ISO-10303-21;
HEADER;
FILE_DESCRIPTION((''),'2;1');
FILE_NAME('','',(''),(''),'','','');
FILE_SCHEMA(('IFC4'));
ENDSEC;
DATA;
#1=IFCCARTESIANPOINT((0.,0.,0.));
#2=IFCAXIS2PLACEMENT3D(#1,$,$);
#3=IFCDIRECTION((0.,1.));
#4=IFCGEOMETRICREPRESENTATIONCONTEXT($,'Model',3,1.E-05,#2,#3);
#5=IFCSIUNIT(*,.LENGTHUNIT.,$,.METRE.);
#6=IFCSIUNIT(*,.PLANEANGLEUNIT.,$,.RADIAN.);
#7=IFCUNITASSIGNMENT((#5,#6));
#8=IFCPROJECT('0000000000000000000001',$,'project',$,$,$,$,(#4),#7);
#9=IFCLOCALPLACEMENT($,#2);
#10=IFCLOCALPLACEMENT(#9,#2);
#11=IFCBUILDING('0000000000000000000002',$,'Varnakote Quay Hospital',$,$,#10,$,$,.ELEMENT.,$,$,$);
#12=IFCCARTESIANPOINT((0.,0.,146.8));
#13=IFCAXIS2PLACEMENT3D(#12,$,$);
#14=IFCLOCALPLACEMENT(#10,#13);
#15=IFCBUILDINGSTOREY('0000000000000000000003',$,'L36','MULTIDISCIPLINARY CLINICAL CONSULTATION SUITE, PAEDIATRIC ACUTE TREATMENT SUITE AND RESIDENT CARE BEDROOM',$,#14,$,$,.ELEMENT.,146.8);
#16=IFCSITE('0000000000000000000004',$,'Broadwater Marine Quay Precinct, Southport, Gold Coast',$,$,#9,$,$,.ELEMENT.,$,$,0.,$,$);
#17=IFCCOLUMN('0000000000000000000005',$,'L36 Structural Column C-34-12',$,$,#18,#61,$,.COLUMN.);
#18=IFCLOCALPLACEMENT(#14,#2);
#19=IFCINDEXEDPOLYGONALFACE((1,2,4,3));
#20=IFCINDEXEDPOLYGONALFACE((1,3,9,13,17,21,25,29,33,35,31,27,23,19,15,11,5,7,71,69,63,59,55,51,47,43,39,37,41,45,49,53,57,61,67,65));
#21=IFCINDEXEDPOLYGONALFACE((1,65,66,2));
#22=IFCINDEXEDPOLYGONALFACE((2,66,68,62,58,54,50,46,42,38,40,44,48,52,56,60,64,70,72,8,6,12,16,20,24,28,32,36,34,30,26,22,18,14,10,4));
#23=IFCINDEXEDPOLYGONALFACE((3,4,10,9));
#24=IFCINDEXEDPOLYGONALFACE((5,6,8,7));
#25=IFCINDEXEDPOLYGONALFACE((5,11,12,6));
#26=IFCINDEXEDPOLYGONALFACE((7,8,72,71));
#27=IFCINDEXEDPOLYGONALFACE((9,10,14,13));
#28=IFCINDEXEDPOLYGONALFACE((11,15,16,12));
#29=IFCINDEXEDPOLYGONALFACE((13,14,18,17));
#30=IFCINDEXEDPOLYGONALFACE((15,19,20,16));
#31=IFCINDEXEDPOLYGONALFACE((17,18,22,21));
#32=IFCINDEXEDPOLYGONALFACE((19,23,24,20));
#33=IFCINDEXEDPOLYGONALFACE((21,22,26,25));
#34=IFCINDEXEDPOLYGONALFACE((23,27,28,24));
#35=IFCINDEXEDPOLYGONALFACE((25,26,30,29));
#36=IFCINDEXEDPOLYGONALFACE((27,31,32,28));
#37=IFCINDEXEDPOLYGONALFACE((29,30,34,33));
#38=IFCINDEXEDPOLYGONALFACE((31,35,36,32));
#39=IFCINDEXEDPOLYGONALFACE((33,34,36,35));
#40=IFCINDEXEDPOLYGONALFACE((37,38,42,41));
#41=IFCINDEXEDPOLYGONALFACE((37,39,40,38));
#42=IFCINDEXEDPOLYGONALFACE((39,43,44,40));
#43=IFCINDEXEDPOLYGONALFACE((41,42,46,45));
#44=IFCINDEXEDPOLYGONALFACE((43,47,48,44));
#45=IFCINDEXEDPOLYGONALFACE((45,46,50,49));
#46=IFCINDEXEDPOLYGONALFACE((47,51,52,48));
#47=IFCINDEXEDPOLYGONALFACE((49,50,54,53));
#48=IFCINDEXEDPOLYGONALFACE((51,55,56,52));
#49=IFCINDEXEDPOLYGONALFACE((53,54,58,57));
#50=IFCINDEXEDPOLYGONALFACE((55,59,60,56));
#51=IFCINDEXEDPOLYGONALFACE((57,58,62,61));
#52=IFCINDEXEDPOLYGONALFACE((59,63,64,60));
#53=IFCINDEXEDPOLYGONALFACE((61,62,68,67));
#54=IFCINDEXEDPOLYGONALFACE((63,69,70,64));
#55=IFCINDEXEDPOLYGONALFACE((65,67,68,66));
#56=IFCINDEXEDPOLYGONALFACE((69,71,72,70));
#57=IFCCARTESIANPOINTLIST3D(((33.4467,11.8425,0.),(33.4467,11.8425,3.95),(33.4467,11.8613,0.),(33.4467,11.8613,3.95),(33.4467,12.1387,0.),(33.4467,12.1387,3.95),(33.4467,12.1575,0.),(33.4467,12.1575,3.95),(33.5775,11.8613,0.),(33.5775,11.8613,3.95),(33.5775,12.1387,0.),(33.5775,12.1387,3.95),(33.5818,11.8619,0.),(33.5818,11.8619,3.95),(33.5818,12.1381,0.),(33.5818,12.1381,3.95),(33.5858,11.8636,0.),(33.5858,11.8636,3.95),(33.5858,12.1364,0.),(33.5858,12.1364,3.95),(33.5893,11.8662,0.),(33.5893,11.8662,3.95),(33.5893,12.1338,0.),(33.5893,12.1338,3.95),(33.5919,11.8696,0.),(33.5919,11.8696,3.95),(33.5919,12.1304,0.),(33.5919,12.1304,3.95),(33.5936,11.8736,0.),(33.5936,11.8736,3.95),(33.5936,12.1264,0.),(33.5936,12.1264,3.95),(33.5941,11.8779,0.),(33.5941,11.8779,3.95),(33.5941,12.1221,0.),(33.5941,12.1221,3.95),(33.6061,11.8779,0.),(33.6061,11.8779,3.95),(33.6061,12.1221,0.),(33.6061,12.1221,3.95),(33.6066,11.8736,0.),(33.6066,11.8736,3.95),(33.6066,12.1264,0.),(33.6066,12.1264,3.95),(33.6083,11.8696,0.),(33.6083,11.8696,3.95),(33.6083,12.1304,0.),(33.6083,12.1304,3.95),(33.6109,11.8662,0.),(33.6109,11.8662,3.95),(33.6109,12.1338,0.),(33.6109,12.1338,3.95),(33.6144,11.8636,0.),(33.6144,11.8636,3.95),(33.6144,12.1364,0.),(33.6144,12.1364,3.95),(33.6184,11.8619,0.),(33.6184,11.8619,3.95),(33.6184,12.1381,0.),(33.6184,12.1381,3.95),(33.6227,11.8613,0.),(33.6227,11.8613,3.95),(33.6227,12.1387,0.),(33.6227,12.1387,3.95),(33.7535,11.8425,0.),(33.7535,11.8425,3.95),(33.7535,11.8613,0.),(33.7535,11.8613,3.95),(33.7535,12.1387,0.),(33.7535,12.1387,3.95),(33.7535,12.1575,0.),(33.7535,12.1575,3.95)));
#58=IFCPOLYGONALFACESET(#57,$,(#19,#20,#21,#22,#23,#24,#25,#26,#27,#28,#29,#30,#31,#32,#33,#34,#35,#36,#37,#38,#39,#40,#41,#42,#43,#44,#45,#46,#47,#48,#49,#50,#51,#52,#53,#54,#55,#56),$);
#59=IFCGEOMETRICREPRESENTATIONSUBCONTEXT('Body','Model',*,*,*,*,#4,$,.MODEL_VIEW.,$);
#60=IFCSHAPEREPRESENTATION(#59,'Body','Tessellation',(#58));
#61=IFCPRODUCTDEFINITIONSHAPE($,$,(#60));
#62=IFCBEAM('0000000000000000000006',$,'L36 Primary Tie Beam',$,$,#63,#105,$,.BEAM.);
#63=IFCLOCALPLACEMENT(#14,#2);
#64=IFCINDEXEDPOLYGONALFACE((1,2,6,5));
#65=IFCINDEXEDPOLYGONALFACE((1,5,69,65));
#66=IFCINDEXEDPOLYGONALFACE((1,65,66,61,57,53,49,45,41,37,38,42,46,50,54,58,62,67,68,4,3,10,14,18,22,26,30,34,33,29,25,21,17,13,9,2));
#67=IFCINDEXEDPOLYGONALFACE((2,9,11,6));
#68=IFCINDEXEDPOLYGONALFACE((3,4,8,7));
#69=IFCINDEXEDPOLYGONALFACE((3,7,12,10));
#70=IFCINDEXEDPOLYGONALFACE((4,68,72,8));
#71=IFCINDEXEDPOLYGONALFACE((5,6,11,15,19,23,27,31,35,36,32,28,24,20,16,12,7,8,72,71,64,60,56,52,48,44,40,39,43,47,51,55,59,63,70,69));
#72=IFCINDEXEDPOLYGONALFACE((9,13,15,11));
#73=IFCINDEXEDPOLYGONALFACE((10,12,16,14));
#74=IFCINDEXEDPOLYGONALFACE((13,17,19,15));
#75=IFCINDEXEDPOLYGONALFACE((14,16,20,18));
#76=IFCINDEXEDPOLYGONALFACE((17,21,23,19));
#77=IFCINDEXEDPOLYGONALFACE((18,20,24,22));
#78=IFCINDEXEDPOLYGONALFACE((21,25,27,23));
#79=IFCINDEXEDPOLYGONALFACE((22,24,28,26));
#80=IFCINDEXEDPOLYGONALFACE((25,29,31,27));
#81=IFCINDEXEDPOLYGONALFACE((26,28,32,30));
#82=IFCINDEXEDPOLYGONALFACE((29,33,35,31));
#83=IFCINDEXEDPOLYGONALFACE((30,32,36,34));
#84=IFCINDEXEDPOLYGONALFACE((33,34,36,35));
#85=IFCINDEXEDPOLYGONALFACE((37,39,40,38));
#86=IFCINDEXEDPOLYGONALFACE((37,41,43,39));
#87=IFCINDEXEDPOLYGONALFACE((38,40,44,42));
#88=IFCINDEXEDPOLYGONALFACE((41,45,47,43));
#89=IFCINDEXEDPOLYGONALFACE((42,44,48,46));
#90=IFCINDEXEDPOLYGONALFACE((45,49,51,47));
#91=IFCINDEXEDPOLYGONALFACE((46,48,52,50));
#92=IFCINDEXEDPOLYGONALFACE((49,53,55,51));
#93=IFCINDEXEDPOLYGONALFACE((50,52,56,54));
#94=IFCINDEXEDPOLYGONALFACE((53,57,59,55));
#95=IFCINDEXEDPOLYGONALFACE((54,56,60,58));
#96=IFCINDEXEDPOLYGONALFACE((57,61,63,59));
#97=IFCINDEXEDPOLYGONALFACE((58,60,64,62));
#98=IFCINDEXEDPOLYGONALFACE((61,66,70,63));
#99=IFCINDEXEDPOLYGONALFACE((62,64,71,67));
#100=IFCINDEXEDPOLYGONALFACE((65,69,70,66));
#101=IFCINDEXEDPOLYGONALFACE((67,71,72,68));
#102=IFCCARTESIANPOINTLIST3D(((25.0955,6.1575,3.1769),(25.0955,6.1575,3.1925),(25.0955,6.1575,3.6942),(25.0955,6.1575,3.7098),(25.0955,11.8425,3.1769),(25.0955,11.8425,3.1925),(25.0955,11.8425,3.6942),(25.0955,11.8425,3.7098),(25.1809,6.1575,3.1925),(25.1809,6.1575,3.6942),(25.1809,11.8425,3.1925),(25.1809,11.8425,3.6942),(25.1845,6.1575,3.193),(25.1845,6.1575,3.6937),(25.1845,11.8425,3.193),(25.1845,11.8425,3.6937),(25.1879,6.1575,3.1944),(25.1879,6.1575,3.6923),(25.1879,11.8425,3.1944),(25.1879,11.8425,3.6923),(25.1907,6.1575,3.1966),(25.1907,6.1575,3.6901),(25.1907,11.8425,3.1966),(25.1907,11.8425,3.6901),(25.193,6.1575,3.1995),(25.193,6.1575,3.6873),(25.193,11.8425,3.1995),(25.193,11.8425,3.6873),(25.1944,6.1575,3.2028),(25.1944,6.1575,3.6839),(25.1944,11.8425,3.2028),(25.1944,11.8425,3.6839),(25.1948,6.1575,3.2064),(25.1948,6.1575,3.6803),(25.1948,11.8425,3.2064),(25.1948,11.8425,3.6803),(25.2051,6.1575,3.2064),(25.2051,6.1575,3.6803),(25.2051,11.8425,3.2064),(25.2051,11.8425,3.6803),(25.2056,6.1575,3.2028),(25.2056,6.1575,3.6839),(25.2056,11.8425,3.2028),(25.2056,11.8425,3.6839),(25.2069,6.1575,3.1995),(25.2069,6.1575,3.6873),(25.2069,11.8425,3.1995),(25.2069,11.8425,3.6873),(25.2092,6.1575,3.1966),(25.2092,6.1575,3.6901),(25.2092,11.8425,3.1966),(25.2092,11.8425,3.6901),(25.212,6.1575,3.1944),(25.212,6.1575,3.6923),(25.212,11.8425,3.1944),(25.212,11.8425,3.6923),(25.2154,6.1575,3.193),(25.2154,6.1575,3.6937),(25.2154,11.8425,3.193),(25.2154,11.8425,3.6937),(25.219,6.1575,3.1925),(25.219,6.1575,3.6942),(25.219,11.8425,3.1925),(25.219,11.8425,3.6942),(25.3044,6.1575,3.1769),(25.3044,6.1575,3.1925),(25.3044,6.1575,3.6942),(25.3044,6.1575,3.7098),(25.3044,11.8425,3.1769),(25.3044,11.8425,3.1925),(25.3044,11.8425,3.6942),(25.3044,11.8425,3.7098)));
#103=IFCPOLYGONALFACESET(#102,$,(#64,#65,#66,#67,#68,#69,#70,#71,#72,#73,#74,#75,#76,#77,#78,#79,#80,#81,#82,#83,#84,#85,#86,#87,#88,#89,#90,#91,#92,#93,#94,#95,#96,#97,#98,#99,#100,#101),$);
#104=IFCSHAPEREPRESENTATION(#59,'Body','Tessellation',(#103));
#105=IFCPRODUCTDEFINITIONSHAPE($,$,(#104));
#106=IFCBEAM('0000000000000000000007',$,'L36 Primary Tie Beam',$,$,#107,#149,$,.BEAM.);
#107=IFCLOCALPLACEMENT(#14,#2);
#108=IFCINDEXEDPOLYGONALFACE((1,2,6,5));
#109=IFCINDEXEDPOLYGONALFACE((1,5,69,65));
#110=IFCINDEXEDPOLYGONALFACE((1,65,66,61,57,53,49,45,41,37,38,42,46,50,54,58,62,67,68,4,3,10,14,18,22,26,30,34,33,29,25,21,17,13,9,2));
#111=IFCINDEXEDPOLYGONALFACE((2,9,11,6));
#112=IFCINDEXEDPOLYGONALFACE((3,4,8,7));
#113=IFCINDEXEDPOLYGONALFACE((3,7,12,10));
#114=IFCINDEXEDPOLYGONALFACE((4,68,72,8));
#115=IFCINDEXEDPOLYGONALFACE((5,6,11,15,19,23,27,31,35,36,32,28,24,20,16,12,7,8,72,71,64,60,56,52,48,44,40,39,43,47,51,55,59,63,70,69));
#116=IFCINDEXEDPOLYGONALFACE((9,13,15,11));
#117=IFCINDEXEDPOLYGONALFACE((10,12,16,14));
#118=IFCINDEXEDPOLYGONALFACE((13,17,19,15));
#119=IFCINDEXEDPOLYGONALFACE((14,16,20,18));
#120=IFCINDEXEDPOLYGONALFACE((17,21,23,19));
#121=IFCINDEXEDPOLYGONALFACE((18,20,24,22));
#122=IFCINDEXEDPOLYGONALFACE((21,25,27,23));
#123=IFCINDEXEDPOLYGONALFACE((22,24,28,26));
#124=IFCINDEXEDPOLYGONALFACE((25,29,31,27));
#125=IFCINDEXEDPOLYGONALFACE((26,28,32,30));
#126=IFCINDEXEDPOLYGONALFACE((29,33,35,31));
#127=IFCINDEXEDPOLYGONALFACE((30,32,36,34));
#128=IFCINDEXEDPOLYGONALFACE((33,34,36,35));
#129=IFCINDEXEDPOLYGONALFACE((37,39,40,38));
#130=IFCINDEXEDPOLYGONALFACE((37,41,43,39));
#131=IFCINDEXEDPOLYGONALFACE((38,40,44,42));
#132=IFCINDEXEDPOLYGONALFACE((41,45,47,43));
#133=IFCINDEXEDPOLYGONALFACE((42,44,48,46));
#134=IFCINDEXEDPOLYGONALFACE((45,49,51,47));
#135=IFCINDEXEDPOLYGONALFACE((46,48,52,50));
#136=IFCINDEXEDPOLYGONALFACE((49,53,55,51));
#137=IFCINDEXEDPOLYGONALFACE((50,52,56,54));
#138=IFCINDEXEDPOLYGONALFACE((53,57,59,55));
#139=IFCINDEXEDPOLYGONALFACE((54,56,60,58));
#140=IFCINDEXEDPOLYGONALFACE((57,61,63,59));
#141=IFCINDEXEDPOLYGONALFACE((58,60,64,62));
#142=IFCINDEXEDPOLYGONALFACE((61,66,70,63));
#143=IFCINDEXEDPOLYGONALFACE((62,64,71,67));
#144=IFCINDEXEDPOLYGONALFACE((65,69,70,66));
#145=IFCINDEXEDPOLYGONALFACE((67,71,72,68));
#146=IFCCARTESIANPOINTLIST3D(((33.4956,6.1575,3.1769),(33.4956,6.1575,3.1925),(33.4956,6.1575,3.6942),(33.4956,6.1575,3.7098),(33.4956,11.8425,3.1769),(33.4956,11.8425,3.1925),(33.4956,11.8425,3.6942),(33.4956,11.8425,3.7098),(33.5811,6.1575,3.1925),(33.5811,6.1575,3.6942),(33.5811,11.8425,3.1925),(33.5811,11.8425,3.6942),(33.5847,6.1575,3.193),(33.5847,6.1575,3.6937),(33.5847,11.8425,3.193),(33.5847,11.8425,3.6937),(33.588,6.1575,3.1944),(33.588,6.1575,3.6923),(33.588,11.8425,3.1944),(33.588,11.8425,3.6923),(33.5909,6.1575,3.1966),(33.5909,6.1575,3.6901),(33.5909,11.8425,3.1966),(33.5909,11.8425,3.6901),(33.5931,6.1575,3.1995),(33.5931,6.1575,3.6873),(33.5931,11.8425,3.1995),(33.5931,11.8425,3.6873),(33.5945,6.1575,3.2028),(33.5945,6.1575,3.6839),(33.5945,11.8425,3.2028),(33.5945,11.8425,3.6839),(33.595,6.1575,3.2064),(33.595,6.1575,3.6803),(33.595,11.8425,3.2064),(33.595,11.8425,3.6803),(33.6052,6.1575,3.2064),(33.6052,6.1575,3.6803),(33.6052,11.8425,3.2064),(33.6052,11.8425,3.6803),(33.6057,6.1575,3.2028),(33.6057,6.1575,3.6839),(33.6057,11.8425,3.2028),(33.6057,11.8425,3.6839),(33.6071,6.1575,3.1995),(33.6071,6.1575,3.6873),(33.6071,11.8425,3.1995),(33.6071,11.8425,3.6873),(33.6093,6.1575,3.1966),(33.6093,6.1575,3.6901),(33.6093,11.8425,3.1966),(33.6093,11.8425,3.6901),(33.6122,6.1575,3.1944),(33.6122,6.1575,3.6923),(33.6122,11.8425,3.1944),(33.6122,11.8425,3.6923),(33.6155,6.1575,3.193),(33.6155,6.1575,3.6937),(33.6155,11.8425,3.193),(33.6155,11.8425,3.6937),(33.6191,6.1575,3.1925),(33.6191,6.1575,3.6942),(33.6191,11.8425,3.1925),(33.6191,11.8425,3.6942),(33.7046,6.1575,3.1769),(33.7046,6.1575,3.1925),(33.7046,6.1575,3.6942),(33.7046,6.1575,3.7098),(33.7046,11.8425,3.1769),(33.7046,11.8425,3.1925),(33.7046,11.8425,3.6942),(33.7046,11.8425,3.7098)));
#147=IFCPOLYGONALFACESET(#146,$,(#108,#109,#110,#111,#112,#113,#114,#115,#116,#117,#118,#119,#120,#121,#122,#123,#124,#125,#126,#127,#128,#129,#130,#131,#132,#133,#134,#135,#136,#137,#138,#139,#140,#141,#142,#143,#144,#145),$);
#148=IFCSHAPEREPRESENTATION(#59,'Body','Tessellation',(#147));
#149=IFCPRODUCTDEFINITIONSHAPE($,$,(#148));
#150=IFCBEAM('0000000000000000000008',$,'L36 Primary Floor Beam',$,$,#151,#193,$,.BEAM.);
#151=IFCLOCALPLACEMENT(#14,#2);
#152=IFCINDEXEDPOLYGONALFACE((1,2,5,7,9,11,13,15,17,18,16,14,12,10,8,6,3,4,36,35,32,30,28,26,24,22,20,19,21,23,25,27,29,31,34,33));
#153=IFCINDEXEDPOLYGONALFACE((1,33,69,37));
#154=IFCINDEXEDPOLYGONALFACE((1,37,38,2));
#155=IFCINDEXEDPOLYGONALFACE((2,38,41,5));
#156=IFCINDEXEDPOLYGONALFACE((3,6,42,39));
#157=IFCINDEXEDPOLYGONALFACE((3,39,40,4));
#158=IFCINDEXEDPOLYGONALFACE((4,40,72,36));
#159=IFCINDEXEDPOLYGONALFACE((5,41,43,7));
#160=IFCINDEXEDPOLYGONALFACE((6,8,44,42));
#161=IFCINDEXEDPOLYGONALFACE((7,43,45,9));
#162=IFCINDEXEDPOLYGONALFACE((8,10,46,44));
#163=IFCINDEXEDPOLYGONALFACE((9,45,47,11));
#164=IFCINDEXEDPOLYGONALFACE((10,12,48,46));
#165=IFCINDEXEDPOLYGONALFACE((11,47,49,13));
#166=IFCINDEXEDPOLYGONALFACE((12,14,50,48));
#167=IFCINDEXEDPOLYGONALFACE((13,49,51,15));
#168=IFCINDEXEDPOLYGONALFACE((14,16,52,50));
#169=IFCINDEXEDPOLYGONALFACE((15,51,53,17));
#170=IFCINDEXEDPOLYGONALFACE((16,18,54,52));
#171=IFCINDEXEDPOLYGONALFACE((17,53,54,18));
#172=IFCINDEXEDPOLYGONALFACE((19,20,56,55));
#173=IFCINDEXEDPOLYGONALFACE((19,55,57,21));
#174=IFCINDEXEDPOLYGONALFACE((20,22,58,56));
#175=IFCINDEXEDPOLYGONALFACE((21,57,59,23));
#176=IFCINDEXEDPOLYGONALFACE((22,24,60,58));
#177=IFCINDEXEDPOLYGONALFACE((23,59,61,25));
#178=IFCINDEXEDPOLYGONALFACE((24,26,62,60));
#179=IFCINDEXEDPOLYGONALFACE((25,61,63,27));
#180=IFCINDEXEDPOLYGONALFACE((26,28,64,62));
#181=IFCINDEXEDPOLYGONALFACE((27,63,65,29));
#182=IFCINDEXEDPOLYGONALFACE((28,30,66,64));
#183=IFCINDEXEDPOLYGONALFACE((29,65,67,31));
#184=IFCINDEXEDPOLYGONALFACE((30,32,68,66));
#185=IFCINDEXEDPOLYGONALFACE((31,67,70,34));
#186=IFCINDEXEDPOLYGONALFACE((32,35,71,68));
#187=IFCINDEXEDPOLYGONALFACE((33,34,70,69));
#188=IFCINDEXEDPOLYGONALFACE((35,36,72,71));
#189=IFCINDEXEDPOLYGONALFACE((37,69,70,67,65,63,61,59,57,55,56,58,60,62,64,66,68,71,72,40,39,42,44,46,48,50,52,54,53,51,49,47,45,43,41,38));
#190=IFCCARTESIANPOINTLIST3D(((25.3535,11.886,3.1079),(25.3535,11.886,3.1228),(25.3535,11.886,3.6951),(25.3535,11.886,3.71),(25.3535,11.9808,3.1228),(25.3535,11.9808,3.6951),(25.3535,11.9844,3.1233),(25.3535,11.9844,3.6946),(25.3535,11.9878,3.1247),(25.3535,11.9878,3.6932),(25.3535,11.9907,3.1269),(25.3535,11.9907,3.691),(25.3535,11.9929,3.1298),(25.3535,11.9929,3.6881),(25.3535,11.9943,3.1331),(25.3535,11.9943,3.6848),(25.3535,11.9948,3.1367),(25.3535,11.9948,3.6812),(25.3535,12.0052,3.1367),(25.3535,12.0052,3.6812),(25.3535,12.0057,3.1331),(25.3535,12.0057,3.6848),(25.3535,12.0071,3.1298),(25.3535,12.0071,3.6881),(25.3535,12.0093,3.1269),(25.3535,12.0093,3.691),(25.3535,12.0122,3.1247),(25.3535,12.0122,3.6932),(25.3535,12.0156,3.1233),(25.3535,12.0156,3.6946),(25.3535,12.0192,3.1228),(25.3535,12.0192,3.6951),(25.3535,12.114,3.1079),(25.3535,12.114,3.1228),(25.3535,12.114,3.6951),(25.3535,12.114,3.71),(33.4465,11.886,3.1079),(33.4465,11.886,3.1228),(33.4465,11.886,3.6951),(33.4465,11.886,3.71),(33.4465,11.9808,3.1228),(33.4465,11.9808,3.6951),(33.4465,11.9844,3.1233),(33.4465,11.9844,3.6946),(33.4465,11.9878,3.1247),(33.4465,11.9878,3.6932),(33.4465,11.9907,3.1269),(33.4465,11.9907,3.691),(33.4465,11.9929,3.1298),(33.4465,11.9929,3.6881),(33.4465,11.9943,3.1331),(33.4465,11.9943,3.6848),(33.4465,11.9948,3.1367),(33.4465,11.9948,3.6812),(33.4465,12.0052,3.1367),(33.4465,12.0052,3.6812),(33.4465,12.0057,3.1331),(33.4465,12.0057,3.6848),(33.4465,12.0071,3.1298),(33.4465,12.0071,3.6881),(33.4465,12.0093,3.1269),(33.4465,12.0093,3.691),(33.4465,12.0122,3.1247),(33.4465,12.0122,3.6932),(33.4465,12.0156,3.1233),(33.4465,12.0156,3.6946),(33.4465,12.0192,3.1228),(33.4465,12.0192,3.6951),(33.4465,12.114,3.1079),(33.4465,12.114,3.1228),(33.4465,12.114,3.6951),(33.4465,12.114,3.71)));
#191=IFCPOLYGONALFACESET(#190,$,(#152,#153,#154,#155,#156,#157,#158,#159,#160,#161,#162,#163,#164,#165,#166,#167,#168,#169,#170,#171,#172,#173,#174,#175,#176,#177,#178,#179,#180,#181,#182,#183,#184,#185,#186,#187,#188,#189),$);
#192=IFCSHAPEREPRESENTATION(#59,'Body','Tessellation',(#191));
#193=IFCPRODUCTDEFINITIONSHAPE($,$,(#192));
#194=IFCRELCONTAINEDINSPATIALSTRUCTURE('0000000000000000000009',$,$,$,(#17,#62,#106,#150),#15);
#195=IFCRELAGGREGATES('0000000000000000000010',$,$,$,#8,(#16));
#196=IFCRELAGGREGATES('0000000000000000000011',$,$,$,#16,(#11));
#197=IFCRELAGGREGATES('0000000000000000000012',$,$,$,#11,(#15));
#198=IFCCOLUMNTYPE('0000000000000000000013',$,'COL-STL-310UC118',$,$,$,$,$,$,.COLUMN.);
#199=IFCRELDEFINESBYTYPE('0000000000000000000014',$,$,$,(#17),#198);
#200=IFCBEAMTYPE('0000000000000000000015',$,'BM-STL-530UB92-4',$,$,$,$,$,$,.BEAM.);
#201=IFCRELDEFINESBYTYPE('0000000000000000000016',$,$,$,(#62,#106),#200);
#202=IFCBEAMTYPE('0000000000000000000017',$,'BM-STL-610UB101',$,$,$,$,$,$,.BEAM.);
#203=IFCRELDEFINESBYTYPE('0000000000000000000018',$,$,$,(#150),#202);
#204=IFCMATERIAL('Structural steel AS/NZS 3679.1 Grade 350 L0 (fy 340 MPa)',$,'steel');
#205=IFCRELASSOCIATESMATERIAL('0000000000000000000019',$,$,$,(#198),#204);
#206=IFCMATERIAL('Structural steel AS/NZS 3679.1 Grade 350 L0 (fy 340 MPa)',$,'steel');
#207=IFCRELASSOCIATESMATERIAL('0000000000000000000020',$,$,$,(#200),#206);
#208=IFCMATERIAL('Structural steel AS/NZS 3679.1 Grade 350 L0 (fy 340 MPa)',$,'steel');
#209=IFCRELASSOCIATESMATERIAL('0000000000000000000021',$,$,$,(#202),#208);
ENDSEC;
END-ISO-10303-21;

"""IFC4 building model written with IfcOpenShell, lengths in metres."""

from ifc_helpers import new_model, si_unit, direction, frame, origin, origin_2d, place, context, subcontext, project, spatial, i_section, extrude, material, material_profile, profile_set, type_object, element, save


model = new_model("IFC4")

# Units and contexts
model_context = context("Model", 3, precision=1e-05, world=origin(), true_north=direction((0.0, 1.0)))
body_context = subcontext(model_context, "Body", "Model", "MODEL_VIEW")
ifc_project = project(units=[si_unit("LENGTHUNIT", "METRE"), si_unit("PLANEANGLEUNIT", "RADIAN")], contexts=[model_context])

# Site, building, storey
site_placement = place(None, origin())
site = spatial("IfcSite", under=ifc_project, at=site_placement, Name="Broadwater Marine Quay Precinct, Southport, Gold Coast", CompositionType="ELEMENT", RefElevation=0.0)
building_placement = place(site_placement, origin())
building = spatial("IfcBuilding", under=site, at=building_placement, Name="Varnakote Quay Hospital", CompositionType="ELEMENT")
storey_placement = place(building_placement, frame((0.0, 0.0, 146.8)))
storey = spatial("IfcBuildingStorey", under=building, at=storey_placement, Name="L36", Description="MULTIDISCIPLINARY CLINICAL CONSULTATION SUITE, PAEDIATRIC ACUTE TREATMENT SUITE AND RESIDENT CARE BEDROOM", CompositionType="ELEMENT", Elevation=146.8)

# Column
ifc_material_1 = material(Name="Structural steel AS/NZS 3679.1 Grade 350 L0 (fy 340 MPa)", Category="steel")
ifc_material_profile_1 = material_profile(ifc_material_1, i_section(OverallWidth=0.3069, OverallDepth=0.3149, WebThickness=0.012, FlangeThickness=0.0188, FilletRadius=0.0166, at=origin_2d()), Name="310UC118")
ifc_profile_set_1 = profile_set([ifc_material_profile_1], Name="Structural steel AS/NZS 3679.1 Grade 350 L0 (fy 340 MPa)")
column_type_1 = type_object("IfcColumnType", Name="COL-STL-310UC118", PredefinedType="COLUMN", material=ifc_profile_set_1)
for number, where, z_axis, x_axis, name in (
    (1, (33.6001, 12.0, 0.0), (0.0, 0.0, 1.0), (1.0, 0.0, 0.0), "L36 Structural Column C-34-12"),
):
    element("IfcColumn", number, at=place(storey_placement, frame(where, z_axis=z_axis, x_axis=x_axis)), inside=storey, type_object=column_type_1, Name=name, PredefinedType="COLUMN", context=body_context, shape_type="SweptSolid", body=[
        extrude(i_section(OverallWidth=0.3069, OverallDepth=0.3149, WebThickness=0.012, FlangeThickness=0.0188, FilletRadius=0.0166, at=origin_2d()), origin(), (0.0, 0.0, 1.0), 3.95),
    ])

# Beams
ifc_material_2 = material(Name="Structural steel AS/NZS 3679.1 Grade 350 L0 (fy 340 MPa)", Category="steel")
ifc_material_profile_2 = material_profile(ifc_material_2, i_section(OverallWidth=0.209, OverallDepth=0.533, WebThickness=0.0103, FlangeThickness=0.0156, FilletRadius=0.0139, at=origin_2d()), Name="530UB92.4")
ifc_profile_set_2 = profile_set([ifc_material_profile_2], Name="Structural steel AS/NZS 3679.1 Grade 350 L0 (fy 340 MPa)")
beam_type_1 = type_object("IfcBeamType", Name="BM-STL-530UB92-4", PredefinedType="BEAM", material=ifc_profile_set_2)
for number, where, z_axis, x_axis, name in (
    (2, (25.2, 6.1575, 3.4434), (0.0, 1.0, 0.0), (-1.0, 0.0, 0.0), "L36 Primary Tie Beam"),
    (3, (33.6001, 6.1575, 3.4434), (0.0, 1.0, 0.0), (-1.0, 0.0, 0.0), "L36 Primary Tie Beam"),
):
    element("IfcBeam", number, at=place(storey_placement, frame(where, z_axis=z_axis, x_axis=x_axis)), inside=storey, type_object=beam_type_1, Name=name, PredefinedType="BEAM", context=body_context, shape_type="SweptSolid", body=[
        extrude(i_section(OverallWidth=0.209, OverallDepth=0.533, WebThickness=0.0103, FlangeThickness=0.0156, FilletRadius=0.0139, at=origin_2d()), origin(), (0.0, 0.0, 1.0), 5.6851),
    ])
ifc_material_3 = material(Name="Structural steel AS/NZS 3679.1 Grade 350 L0 (fy 340 MPa)", Category="steel")
ifc_material_profile_3 = material_profile(ifc_material_3, i_section(OverallWidth=0.228, OverallDepth=0.6021, WebThickness=0.0105, FlangeThickness=0.0149, FilletRadius=0.0139, at=origin_2d()), Name="610UB101")
ifc_profile_set_3 = profile_set([ifc_material_profile_3], Name="Structural steel AS/NZS 3679.1 Grade 350 L0 (fy 340 MPa)")
beam_type_2 = type_object("IfcBeamType", Name="BM-STL-610UB101", PredefinedType="BEAM", material=ifc_profile_set_3)
beam_1_placement = place(storey_placement, frame((25.3535, 12.0, 3.4089), z_axis=(1.0, 0.0, 0.0), x_axis=(0.0, 1.0, 0.0)))
element("IfcBeam", 4, at=beam_1_placement, inside=storey, type_object=beam_type_2, Name="L36 Primary Floor Beam", PredefinedType="BEAM", context=body_context, shape_type="SweptSolid", body=[
    extrude(i_section(OverallWidth=0.228, OverallDepth=0.6021, WebThickness=0.0105, FlangeThickness=0.0149, FilletRadius=0.0139, at=origin_2d()), origin(), (0.0, 0.0, 1.0), 8.093),
])

save(model, "model.ifc")
